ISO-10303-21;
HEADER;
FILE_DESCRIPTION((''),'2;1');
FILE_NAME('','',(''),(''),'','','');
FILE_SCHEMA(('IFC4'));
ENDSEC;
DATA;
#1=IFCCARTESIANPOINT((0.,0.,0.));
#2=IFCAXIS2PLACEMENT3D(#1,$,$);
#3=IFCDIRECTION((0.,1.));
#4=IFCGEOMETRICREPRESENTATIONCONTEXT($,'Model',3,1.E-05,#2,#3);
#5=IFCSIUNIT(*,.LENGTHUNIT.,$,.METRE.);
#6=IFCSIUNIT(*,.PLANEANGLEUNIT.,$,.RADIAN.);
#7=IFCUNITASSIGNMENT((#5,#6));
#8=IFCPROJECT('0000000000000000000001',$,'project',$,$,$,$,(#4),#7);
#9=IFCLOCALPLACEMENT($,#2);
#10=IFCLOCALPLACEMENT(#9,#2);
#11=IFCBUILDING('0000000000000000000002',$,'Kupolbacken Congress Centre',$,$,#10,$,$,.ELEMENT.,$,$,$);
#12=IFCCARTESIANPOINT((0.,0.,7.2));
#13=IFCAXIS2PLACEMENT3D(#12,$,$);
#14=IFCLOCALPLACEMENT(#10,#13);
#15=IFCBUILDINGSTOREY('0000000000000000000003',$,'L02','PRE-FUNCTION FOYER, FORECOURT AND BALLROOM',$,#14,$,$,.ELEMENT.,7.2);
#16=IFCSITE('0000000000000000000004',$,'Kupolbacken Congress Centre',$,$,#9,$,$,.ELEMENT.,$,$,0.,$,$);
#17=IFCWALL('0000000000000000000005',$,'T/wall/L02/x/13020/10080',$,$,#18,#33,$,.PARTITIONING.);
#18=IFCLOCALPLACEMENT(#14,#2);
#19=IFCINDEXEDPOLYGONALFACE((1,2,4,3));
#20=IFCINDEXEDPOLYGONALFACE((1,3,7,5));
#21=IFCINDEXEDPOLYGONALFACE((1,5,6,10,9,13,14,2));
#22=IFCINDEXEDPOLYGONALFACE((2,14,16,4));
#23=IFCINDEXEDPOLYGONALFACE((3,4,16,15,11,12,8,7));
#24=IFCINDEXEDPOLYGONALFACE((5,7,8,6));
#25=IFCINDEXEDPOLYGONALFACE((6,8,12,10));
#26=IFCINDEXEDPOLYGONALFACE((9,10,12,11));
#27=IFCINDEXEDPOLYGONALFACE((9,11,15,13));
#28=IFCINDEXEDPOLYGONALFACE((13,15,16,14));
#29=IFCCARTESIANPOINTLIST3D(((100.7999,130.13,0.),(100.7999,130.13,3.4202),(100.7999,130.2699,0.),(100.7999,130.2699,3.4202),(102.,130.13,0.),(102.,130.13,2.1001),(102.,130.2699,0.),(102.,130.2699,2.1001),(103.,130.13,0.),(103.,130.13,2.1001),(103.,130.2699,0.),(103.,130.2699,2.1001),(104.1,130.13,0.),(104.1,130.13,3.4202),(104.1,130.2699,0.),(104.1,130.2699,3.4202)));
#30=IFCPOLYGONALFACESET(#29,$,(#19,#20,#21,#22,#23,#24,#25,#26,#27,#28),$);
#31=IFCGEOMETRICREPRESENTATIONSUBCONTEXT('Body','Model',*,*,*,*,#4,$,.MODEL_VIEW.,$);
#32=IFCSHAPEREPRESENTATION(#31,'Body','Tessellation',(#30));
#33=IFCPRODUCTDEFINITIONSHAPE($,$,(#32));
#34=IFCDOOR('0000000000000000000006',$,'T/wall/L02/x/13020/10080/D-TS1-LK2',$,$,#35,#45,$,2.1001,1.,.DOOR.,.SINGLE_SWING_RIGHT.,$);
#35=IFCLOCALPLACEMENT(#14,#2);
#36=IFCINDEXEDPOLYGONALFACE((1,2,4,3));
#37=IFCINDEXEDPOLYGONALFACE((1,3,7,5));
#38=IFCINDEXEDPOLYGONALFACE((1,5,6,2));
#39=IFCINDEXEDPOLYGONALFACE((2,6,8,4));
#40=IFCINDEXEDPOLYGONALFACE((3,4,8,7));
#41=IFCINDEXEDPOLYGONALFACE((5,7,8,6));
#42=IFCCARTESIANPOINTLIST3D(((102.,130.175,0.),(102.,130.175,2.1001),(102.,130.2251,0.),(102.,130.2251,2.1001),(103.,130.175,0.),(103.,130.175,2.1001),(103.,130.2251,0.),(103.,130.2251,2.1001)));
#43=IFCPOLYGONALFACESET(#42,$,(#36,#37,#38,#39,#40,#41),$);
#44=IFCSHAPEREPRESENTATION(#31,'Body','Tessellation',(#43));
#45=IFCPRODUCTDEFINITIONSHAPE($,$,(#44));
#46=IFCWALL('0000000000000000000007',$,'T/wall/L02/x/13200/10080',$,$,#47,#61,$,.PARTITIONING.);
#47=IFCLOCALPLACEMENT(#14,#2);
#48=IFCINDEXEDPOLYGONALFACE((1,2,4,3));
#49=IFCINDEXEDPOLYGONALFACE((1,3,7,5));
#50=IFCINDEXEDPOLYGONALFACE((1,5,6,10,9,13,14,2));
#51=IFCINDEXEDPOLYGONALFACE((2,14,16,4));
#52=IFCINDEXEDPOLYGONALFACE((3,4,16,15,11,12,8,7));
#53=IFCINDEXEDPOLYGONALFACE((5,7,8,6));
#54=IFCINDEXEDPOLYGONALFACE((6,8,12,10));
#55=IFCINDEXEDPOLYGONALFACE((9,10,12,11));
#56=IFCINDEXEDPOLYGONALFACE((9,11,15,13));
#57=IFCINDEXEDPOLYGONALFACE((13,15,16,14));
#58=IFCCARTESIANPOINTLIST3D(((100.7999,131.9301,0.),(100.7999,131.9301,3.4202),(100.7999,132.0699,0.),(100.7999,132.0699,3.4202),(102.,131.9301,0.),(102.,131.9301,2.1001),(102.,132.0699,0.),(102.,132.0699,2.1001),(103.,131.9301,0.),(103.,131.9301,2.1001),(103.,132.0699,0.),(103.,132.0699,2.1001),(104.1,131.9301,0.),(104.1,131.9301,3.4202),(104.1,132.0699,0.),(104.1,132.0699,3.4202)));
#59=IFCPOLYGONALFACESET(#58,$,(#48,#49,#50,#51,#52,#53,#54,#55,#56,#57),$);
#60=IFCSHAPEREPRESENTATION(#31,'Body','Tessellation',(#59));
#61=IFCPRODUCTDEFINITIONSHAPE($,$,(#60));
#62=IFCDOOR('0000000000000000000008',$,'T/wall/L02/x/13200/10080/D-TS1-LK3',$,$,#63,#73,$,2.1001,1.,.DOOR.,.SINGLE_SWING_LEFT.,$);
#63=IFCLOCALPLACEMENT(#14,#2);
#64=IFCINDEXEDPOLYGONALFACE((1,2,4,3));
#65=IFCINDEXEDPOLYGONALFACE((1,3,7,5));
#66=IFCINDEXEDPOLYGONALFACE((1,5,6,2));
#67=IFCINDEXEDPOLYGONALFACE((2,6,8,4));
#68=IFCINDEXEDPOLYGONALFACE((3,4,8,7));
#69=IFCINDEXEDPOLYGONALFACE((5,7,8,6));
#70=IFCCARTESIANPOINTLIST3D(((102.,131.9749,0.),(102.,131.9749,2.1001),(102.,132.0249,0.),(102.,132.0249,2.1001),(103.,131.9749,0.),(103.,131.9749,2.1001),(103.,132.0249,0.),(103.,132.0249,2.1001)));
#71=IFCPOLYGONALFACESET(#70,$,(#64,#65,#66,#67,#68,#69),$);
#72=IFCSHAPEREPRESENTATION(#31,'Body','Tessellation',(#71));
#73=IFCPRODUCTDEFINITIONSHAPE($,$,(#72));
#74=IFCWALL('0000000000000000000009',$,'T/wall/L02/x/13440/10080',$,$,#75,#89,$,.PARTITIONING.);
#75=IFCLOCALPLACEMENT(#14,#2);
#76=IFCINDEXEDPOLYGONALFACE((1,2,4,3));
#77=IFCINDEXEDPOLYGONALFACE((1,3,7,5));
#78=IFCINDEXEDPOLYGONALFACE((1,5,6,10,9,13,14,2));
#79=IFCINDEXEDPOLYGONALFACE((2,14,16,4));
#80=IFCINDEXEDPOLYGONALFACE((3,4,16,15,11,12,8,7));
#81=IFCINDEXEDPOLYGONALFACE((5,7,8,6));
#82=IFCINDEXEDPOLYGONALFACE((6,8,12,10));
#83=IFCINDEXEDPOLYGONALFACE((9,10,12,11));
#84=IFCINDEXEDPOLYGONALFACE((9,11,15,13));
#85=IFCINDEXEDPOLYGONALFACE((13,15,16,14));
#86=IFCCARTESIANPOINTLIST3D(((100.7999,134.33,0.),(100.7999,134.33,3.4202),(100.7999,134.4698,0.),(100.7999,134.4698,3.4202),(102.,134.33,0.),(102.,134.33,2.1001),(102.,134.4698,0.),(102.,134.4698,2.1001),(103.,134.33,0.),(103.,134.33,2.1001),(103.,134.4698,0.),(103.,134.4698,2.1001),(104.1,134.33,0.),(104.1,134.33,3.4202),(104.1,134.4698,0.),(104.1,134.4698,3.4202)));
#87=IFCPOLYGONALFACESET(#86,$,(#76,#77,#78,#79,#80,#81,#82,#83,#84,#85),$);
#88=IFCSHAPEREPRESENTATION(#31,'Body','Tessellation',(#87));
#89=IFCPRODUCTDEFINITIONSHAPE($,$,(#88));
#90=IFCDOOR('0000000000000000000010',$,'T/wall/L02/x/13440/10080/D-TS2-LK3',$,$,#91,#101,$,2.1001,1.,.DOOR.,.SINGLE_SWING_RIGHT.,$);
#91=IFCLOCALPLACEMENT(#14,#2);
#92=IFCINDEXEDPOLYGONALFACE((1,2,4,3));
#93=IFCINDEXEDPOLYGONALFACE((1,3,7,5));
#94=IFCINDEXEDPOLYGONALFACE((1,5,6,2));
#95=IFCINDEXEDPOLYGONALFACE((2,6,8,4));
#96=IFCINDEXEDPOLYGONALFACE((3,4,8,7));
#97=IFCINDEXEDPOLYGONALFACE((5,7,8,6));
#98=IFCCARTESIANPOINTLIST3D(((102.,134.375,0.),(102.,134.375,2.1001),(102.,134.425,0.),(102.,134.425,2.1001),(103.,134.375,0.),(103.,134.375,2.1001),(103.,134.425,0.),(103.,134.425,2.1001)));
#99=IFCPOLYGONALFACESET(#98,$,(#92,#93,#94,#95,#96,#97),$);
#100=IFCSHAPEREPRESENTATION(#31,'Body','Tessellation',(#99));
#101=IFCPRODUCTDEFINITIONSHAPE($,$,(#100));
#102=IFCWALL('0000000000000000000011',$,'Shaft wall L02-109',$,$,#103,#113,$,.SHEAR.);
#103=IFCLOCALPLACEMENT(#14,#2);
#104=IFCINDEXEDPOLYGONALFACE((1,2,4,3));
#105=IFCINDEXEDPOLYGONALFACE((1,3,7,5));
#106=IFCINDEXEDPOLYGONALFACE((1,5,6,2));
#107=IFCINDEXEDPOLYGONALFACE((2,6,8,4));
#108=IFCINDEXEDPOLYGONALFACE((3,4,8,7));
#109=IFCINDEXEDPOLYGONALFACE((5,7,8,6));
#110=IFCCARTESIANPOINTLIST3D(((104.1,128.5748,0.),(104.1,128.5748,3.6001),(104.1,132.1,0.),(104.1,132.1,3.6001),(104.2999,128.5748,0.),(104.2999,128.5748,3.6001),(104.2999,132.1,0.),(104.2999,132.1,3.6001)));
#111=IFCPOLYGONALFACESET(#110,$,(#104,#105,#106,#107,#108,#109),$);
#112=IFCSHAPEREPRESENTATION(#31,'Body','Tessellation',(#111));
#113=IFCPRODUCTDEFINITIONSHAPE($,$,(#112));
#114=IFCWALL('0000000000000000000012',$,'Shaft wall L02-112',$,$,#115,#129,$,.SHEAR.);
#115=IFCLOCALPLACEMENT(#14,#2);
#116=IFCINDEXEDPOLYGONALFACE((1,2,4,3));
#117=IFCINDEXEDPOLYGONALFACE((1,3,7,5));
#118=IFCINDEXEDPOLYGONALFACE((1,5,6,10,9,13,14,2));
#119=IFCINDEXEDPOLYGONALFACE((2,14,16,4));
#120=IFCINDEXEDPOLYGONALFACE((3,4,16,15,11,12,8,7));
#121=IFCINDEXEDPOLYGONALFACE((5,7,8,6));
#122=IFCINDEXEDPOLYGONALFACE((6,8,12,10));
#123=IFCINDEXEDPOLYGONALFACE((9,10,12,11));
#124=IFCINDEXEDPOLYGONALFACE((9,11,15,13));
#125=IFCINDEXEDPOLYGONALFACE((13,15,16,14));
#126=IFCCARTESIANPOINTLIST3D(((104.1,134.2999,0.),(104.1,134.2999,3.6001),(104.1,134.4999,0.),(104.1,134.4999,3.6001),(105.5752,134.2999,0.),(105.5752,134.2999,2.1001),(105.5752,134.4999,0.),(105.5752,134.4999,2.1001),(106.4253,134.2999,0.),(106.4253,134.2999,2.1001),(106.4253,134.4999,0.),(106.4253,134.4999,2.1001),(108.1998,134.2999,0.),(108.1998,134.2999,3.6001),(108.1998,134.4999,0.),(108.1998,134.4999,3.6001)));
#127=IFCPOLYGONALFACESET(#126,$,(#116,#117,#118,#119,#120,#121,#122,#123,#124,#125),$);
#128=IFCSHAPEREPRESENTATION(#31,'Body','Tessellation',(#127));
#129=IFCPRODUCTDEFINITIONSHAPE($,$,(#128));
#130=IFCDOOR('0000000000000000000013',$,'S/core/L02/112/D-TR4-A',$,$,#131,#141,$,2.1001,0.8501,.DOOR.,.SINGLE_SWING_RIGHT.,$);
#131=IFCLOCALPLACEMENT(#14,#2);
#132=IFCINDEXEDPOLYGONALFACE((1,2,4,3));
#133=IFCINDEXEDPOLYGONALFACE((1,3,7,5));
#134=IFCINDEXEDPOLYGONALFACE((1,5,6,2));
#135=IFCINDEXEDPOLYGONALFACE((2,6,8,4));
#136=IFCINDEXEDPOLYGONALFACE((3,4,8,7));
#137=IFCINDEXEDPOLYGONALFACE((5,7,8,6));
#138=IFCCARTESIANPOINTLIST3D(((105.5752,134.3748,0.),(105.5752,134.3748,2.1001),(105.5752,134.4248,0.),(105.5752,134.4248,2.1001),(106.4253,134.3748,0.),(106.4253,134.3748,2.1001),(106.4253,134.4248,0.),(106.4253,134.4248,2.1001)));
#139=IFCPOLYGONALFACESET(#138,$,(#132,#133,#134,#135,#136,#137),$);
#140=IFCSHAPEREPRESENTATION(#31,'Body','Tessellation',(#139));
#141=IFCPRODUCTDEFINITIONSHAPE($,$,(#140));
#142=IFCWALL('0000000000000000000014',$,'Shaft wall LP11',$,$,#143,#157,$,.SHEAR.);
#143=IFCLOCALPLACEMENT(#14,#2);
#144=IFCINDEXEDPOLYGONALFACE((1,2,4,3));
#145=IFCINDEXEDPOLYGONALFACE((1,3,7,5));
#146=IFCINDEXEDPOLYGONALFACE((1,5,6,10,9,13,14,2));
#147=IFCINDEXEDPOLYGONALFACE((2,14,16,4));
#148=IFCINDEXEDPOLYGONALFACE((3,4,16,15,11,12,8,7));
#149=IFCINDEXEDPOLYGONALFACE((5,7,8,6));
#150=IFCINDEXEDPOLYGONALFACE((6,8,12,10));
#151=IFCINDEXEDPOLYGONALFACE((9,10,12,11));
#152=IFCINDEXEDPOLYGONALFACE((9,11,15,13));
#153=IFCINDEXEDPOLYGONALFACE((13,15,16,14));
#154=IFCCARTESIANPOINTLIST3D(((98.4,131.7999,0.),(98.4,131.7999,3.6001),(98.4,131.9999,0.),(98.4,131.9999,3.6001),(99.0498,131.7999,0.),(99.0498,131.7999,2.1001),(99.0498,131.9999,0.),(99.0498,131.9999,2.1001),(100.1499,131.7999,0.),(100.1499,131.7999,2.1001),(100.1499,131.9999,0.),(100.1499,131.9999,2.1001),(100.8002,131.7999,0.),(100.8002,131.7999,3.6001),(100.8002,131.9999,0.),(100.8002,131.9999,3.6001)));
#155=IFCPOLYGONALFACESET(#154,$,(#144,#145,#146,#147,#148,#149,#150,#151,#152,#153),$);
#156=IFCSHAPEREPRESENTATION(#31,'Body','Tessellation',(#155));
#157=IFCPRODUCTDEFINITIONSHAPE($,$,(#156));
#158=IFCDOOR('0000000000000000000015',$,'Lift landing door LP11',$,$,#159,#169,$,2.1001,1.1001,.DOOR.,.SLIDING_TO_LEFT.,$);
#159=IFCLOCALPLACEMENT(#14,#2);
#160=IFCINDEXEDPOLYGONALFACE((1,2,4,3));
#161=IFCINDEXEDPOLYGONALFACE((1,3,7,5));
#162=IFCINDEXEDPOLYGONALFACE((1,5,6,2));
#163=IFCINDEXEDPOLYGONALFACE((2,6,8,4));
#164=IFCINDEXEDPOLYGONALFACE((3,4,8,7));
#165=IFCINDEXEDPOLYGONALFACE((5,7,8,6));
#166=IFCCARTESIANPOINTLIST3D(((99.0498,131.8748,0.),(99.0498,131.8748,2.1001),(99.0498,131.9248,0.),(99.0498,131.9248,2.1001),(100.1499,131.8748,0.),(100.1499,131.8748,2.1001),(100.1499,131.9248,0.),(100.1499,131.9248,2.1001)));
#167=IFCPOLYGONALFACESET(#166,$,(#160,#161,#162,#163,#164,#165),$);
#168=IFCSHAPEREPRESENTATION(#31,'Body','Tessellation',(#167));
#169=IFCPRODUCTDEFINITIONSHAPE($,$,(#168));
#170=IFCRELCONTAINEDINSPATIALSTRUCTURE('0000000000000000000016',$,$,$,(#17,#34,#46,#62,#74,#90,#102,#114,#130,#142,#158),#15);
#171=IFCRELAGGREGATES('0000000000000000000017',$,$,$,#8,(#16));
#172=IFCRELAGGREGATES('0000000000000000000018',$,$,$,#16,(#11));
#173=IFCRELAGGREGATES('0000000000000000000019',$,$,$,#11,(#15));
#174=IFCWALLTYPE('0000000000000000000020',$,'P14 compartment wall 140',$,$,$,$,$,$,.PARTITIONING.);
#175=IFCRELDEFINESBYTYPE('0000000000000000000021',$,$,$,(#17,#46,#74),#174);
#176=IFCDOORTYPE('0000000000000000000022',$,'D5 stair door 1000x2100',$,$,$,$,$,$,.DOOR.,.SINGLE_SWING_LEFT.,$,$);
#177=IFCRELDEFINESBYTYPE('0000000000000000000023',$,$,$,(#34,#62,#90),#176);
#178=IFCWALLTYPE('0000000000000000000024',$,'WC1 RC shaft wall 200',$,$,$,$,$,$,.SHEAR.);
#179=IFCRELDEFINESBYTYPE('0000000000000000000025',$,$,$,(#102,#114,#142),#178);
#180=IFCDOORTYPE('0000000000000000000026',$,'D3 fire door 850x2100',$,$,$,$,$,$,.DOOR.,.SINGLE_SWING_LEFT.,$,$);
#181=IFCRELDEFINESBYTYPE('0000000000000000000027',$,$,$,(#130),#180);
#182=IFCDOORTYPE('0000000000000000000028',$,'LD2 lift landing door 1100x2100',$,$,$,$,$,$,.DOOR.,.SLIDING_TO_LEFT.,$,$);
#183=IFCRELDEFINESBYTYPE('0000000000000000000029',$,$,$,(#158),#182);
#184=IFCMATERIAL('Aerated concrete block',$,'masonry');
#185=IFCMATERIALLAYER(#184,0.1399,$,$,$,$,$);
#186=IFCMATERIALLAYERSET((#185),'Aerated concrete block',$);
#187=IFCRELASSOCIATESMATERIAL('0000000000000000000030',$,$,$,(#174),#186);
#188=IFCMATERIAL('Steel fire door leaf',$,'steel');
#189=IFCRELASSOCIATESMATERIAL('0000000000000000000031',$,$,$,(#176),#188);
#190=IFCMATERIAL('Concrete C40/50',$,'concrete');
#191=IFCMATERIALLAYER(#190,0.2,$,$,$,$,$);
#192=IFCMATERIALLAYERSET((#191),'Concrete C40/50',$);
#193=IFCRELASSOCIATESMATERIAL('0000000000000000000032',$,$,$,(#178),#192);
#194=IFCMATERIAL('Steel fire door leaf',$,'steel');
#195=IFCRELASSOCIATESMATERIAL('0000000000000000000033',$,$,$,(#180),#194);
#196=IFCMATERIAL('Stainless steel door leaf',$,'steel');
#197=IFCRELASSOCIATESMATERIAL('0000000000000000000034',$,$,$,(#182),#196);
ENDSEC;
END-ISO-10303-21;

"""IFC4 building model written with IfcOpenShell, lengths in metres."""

from ifc_helpers import new_model, si_unit, direction, frame, frame_2d, origin, place, context, subcontext, project, spatial, rectangle, extrude, material, layer, layer_set, type_object, element, fill, save


model = new_model("IFC4")

# Units and contexts
model_context = context("Model", 3, precision=1e-05, world=origin(), true_north=direction((0.0, 1.0)))
body_context = subcontext(model_context, "Body", "Model", "MODEL_VIEW")
ifc_project = project(units=[si_unit("LENGTHUNIT", "METRE"), si_unit("PLANEANGLEUNIT", "RADIAN")], contexts=[model_context])

# Site, building, storey
site_placement = place(None, origin())
site = spatial("IfcSite", under=ifc_project, at=site_placement, Name="Kupolbacken Congress Centre", CompositionType="ELEMENT", RefElevation=0.0)
building_placement = place(site_placement, origin())
building = spatial("IfcBuilding", under=site, at=building_placement, Name="Kupolbacken Congress Centre", CompositionType="ELEMENT")
storey_placement = place(building_placement, frame((0.0, 0.0, 7.2)))
storey = spatial("IfcBuildingStorey", under=building, at=storey_placement, Name="L02", Description="PRE-FUNCTION FOYER, FORECOURT AND BALLROOM", CompositionType="ELEMENT", Elevation=7.2)

# Walls, openings, doors
ifc_material_1 = material(Name="Aerated concrete block", Category="masonry")
ifc_layer_1 = layer(ifc_material_1, 0.1399)
ifc_layer_set_1 = layer_set([ifc_layer_1], Name="Aerated concrete block")
wall_type_1 = type_object("IfcWallType", Name="P14 compartment wall 140", PredefinedType="PARTITIONING", material=ifc_layer_set_1)
wall_1_placement = place(storey_placement, frame((100.8, 130.2, 0.0), z_axis=(0.0, 0.0, 1.0), x_axis=(1.0, 0.0, 0.0)))
wall_1 = element("IfcWall", 1, at=wall_1_placement, inside=storey, type_object=wall_type_1, Name="T/wall/L02/x/13020/10080", PredefinedType="PARTITIONING", context=body_context, shape_type="SweptSolid", body=[
    extrude(rectangle(XDim=3.3, YDim=0.1399, at=frame_2d((1.6499, 0.0))), origin(), (0.0, 0.0, 1.0), 3.4202),
])
opening_1_placement = place(wall_1_placement, frame((1.2, 0.0, 0.0)))
opening_1 = element("IfcOpeningElement", 2, at=opening_1_placement, cuts=wall_1, PredefinedType="OPENING", context=body_context, shape_type="SweptSolid", body=[
    extrude(rectangle(XDim=1.0, YDim=2.1001, at=frame_2d((0.5, 1.05))), frame((0.0, 0.0798, 0.0), z_axis=(0.0, -1.0, 0.0), x_axis=(1.0, 0.0, 0.0)), (0.0, 0.0, 1.0), 0.1599),
])
ifc_material_2 = material(Name="Steel fire door leaf", Category="steel")
door_type_1 = type_object("IfcDoorType", Name="D5 stair door 1000x2100", OperationType="SINGLE_SWING_LEFT", PredefinedType="DOOR", material=ifc_material_2)
door_1_placement = place(opening_1_placement, frame((1.0, 0.0, 0.0), z_axis=(0.0, 0.0, 1.0), x_axis=(-1.0, 0.0, 0.0)))
door_1 = element("IfcDoor", 3, at=door_1_placement, inside=storey, type_object=door_type_1, Name="T/wall/L02/x/13020/10080/D-TS1-LK2", OperationType="SINGLE_SWING_RIGHT", OverallHeight=2.1001, OverallWidth=1.0, PredefinedType="DOOR", context=body_context, shape_type="SweptSolid", body=[
    extrude(rectangle(XDim=1.0, YDim=2.1001, at=frame_2d((0.5, 1.05))), frame((0.0, 0.0249, 0.0), z_axis=(0.0, -1.0, 0.0), x_axis=(1.0, 0.0, 0.0)), (0.0, 0.0, 1.0), 0.05),
])
fill(opening_1, door_1)
wall_2_placement = place(storey_placement, frame((100.8, 132.0, 0.0), z_axis=(0.0, 0.0, 1.0), x_axis=(1.0, 0.0, 0.0)))
wall_2 = element("IfcWall", 4, at=wall_2_placement, inside=storey, type_object=wall_type_1, Name="T/wall/L02/x/13200/10080", PredefinedType="PARTITIONING", context=body_context, shape_type="SweptSolid", body=[
    extrude(rectangle(XDim=3.3, YDim=0.1399, at=frame_2d((1.6499, 0.0))), origin(), (0.0, 0.0, 1.0), 3.4202),
])
opening_2_placement = place(wall_2_placement, frame((1.2, 0.0, 0.0)))
opening_2 = element("IfcOpeningElement", 5, at=opening_2_placement, cuts=wall_2, PredefinedType="OPENING", context=body_context, shape_type="SweptSolid", body=[
    extrude(rectangle(XDim=1.0, YDim=2.1001, at=frame_2d((0.5, 1.05))), frame((0.0, 0.0798, 0.0), z_axis=(0.0, -1.0, 0.0), x_axis=(1.0, 0.0, 0.0)), (0.0, 0.0, 1.0), 0.1599),
])
door_2_placement = place(opening_2_placement, origin())
door_2 = element("IfcDoor", 6, at=door_2_placement, inside=storey, type_object=door_type_1, Name="T/wall/L02/x/13200/10080/D-TS1-LK3", OperationType="SINGLE_SWING_LEFT", OverallHeight=2.1001, OverallWidth=1.0, PredefinedType="DOOR", context=body_context, shape_type="SweptSolid", body=[
    extrude(rectangle(XDim=1.0, YDim=2.1001, at=frame_2d((0.5, 1.05))), frame((0.0, 0.0249, 0.0), z_axis=(0.0, -1.0, 0.0), x_axis=(1.0, 0.0, 0.0)), (0.0, 0.0, 1.0), 0.05),
])
fill(opening_2, door_2)
wall_3_placement = place(storey_placement, frame((100.8, 134.3999, 0.0), z_axis=(0.0, 0.0, 1.0), x_axis=(1.0, 0.0, 0.0)))
wall_3 = element("IfcWall", 7, at=wall_3_placement, inside=storey, type_object=wall_type_1, Name="T/wall/L02/x/13440/10080", PredefinedType="PARTITIONING", context=body_context, shape_type="SweptSolid", body=[
    extrude(rectangle(XDim=3.3, YDim=0.1399, at=frame_2d((1.6499, 0.0))), origin(), (0.0, 0.0, 1.0), 3.4202),
])
opening_3_placement = place(wall_3_placement, frame((1.2, 0.0, 0.0)))
opening_3 = element("IfcOpeningElement", 8, at=opening_3_placement, cuts=wall_3, PredefinedType="OPENING", context=body_context, shape_type="SweptSolid", body=[
    extrude(rectangle(XDim=1.0, YDim=2.1001, at=frame_2d((0.5, 1.05))), frame((0.0, 0.0798, 0.0), z_axis=(0.0, -1.0, 0.0), x_axis=(1.0, 0.0, 0.0)), (0.0, 0.0, 1.0), 0.1599),
])
door_3_placement = place(opening_3_placement, frame((1.0, 0.0, 0.0), z_axis=(0.0, 0.0, 1.0), x_axis=(-1.0, 0.0, 0.0)))
door_3 = element("IfcDoor", 9, at=door_3_placement, inside=storey, type_object=door_type_1, Name="T/wall/L02/x/13440/10080/D-TS2-LK3", OperationType="SINGLE_SWING_RIGHT", OverallHeight=2.1001, OverallWidth=1.0, PredefinedType="DOOR", context=body_context, shape_type="SweptSolid", body=[
    extrude(rectangle(XDim=1.0, YDim=2.1001, at=frame_2d((0.5, 1.05))), frame((0.0, 0.0249, 0.0), z_axis=(0.0, -1.0, 0.0), x_axis=(1.0, 0.0, 0.0)), (0.0, 0.0, 1.0), 0.05),
])
fill(opening_3, door_3)

# Wall
ifc_material_3 = material(Name="Concrete C40/50", Category="concrete")
ifc_layer_2 = layer(ifc_material_3, 0.2)
ifc_layer_set_2 = layer_set([ifc_layer_2], Name="Concrete C40/50")
wall_type_2 = type_object("IfcWallType", Name="WC1 RC shaft wall 200", PredefinedType="SHEAR", material=ifc_layer_set_2)
wall_4_placement = place(storey_placement, frame((104.2, 132.1001, 0.0), z_axis=(0.0, 0.0, 1.0), x_axis=(0.0, -1.0, 0.0)))
element("IfcWall", 10, at=wall_4_placement, inside=storey, type_object=wall_type_2, Name="Shaft wall L02-109", PredefinedType="SHEAR", context=body_context, shape_type="SweptSolid", body=[
    extrude(rectangle(XDim=3.5251, YDim=0.2, at=frame_2d((1.7627, 0.0))), origin(), (0.0, 0.0, 1.0), 3.6001),
])

# Walls, openings, doors
wall_5_placement = place(storey_placement, frame((104.1001, 134.3999, 0.0), z_axis=(0.0, 0.0, 1.0), x_axis=(1.0, 0.0, 0.0)))
wall_5 = element("IfcWall", 11, at=wall_5_placement, inside=storey, type_object=wall_type_2, Name="Shaft wall L02-112", PredefinedType="SHEAR", context=body_context, shape_type="SweptSolid", body=[
    extrude(rectangle(XDim=4.0999, YDim=0.2, at=frame_2d((2.0498, 0.0))), origin(), (0.0, 0.0, 1.0), 3.6001),
])
opening_4_placement = place(wall_5_placement, frame((1.4751, 0.0, 0.0)))
opening_4 = element("IfcOpeningElement", 12, at=opening_4_placement, cuts=wall_5, PredefinedType="OPENING", context=body_context, shape_type="SweptSolid", body=[
    extrude(rectangle(XDim=0.8501, YDim=2.1001, at=frame_2d((0.425, 1.05))), frame((0.0, 0.1099, 0.0), z_axis=(0.0, -1.0, 0.0), x_axis=(1.0, 0.0, 0.0)), (0.0, 0.0, 1.0), 0.22),
])
ifc_material_4 = material(Name="Steel fire door leaf", Category="steel")
door_type_2 = type_object("IfcDoorType", Name="D3 fire door 850x2100", OperationType="SINGLE_SWING_LEFT", PredefinedType="DOOR", material=ifc_material_4)
door_4_placement = place(opening_4_placement, origin())
door_4 = element("IfcDoor", 13, at=door_4_placement, inside=storey, type_object=door_type_2, Name="S/core/L02/112/D-TR4-A", OperationType="SINGLE_SWING_RIGHT", OverallHeight=2.1001, OverallWidth=0.8501, PredefinedType="DOOR", context=body_context, shape_type="SweptSolid", body=[
    extrude(rectangle(XDim=0.8501, YDim=2.1001, at=frame_2d((0.425, 1.05))), frame((0.0, 0.0249, 0.0), z_axis=(0.0, -1.0, 0.0), x_axis=(1.0, 0.0, 0.0)), (0.0, 0.0, 1.0), 0.05),
])
fill(opening_4, door_4)
wall_6_placement = place(storey_placement, frame((98.3999, 131.8999, 0.0), z_axis=(0.0, 0.0, 1.0), x_axis=(1.0, 0.0, 0.0)))
wall_6 = element("IfcWall", 14, at=wall_6_placement, inside=storey, type_object=wall_type_2, Name="Shaft wall LP11", PredefinedType="SHEAR", context=body_context, shape_type="SweptSolid", body=[
    extrude(rectangle(XDim=2.4001, YDim=0.2, at=frame_2d((1.2002, 0.0))), origin(), (0.0, 0.0, 1.0), 3.6001),
])
opening_5_placement = place(wall_6_placement, frame((0.6499, 0.0, 0.0)))
opening_5 = element("IfcOpeningElement", 15, at=opening_5_placement, cuts=wall_6, PredefinedType="OPENING", context=body_context, shape_type="SweptSolid", body=[
    extrude(rectangle(XDim=1.1001, YDim=2.1001, at=frame_2d((0.55, 1.05))), frame((0.0, 0.1099, 0.0), z_axis=(0.0, -1.0, 0.0), x_axis=(1.0, 0.0, 0.0)), (0.0, 0.0, 1.0), 0.22),
])
ifc_material_5 = material(Name="Stainless steel door leaf", Category="steel")
door_type_3 = type_object("IfcDoorType", Name="LD2 lift landing door 1100x2100", OperationType="SLIDING_TO_LEFT", PredefinedType="DOOR", material=ifc_material_5)
door_5_placement = place(opening_5_placement, origin())
door_5 = element("IfcDoor", 16, at=door_5_placement, inside=storey, type_object=door_type_3, Name="Lift landing door LP11", OperationType="SLIDING_TO_LEFT", OverallHeight=2.1001, OverallWidth=1.1001, PredefinedType="DOOR", context=body_context, shape_type="SweptSolid", body=[
    extrude(rectangle(XDim=1.1001, YDim=2.1001, at=frame_2d((0.55, 1.05))), frame((0.0, 0.0249, 0.0), z_axis=(0.0, -1.0, 0.0), x_axis=(1.0, 0.0, 0.0)), (0.0, 0.0, 1.0), 0.05),
])
fill(opening_5, door_5)

save(model, "model.ifc")
